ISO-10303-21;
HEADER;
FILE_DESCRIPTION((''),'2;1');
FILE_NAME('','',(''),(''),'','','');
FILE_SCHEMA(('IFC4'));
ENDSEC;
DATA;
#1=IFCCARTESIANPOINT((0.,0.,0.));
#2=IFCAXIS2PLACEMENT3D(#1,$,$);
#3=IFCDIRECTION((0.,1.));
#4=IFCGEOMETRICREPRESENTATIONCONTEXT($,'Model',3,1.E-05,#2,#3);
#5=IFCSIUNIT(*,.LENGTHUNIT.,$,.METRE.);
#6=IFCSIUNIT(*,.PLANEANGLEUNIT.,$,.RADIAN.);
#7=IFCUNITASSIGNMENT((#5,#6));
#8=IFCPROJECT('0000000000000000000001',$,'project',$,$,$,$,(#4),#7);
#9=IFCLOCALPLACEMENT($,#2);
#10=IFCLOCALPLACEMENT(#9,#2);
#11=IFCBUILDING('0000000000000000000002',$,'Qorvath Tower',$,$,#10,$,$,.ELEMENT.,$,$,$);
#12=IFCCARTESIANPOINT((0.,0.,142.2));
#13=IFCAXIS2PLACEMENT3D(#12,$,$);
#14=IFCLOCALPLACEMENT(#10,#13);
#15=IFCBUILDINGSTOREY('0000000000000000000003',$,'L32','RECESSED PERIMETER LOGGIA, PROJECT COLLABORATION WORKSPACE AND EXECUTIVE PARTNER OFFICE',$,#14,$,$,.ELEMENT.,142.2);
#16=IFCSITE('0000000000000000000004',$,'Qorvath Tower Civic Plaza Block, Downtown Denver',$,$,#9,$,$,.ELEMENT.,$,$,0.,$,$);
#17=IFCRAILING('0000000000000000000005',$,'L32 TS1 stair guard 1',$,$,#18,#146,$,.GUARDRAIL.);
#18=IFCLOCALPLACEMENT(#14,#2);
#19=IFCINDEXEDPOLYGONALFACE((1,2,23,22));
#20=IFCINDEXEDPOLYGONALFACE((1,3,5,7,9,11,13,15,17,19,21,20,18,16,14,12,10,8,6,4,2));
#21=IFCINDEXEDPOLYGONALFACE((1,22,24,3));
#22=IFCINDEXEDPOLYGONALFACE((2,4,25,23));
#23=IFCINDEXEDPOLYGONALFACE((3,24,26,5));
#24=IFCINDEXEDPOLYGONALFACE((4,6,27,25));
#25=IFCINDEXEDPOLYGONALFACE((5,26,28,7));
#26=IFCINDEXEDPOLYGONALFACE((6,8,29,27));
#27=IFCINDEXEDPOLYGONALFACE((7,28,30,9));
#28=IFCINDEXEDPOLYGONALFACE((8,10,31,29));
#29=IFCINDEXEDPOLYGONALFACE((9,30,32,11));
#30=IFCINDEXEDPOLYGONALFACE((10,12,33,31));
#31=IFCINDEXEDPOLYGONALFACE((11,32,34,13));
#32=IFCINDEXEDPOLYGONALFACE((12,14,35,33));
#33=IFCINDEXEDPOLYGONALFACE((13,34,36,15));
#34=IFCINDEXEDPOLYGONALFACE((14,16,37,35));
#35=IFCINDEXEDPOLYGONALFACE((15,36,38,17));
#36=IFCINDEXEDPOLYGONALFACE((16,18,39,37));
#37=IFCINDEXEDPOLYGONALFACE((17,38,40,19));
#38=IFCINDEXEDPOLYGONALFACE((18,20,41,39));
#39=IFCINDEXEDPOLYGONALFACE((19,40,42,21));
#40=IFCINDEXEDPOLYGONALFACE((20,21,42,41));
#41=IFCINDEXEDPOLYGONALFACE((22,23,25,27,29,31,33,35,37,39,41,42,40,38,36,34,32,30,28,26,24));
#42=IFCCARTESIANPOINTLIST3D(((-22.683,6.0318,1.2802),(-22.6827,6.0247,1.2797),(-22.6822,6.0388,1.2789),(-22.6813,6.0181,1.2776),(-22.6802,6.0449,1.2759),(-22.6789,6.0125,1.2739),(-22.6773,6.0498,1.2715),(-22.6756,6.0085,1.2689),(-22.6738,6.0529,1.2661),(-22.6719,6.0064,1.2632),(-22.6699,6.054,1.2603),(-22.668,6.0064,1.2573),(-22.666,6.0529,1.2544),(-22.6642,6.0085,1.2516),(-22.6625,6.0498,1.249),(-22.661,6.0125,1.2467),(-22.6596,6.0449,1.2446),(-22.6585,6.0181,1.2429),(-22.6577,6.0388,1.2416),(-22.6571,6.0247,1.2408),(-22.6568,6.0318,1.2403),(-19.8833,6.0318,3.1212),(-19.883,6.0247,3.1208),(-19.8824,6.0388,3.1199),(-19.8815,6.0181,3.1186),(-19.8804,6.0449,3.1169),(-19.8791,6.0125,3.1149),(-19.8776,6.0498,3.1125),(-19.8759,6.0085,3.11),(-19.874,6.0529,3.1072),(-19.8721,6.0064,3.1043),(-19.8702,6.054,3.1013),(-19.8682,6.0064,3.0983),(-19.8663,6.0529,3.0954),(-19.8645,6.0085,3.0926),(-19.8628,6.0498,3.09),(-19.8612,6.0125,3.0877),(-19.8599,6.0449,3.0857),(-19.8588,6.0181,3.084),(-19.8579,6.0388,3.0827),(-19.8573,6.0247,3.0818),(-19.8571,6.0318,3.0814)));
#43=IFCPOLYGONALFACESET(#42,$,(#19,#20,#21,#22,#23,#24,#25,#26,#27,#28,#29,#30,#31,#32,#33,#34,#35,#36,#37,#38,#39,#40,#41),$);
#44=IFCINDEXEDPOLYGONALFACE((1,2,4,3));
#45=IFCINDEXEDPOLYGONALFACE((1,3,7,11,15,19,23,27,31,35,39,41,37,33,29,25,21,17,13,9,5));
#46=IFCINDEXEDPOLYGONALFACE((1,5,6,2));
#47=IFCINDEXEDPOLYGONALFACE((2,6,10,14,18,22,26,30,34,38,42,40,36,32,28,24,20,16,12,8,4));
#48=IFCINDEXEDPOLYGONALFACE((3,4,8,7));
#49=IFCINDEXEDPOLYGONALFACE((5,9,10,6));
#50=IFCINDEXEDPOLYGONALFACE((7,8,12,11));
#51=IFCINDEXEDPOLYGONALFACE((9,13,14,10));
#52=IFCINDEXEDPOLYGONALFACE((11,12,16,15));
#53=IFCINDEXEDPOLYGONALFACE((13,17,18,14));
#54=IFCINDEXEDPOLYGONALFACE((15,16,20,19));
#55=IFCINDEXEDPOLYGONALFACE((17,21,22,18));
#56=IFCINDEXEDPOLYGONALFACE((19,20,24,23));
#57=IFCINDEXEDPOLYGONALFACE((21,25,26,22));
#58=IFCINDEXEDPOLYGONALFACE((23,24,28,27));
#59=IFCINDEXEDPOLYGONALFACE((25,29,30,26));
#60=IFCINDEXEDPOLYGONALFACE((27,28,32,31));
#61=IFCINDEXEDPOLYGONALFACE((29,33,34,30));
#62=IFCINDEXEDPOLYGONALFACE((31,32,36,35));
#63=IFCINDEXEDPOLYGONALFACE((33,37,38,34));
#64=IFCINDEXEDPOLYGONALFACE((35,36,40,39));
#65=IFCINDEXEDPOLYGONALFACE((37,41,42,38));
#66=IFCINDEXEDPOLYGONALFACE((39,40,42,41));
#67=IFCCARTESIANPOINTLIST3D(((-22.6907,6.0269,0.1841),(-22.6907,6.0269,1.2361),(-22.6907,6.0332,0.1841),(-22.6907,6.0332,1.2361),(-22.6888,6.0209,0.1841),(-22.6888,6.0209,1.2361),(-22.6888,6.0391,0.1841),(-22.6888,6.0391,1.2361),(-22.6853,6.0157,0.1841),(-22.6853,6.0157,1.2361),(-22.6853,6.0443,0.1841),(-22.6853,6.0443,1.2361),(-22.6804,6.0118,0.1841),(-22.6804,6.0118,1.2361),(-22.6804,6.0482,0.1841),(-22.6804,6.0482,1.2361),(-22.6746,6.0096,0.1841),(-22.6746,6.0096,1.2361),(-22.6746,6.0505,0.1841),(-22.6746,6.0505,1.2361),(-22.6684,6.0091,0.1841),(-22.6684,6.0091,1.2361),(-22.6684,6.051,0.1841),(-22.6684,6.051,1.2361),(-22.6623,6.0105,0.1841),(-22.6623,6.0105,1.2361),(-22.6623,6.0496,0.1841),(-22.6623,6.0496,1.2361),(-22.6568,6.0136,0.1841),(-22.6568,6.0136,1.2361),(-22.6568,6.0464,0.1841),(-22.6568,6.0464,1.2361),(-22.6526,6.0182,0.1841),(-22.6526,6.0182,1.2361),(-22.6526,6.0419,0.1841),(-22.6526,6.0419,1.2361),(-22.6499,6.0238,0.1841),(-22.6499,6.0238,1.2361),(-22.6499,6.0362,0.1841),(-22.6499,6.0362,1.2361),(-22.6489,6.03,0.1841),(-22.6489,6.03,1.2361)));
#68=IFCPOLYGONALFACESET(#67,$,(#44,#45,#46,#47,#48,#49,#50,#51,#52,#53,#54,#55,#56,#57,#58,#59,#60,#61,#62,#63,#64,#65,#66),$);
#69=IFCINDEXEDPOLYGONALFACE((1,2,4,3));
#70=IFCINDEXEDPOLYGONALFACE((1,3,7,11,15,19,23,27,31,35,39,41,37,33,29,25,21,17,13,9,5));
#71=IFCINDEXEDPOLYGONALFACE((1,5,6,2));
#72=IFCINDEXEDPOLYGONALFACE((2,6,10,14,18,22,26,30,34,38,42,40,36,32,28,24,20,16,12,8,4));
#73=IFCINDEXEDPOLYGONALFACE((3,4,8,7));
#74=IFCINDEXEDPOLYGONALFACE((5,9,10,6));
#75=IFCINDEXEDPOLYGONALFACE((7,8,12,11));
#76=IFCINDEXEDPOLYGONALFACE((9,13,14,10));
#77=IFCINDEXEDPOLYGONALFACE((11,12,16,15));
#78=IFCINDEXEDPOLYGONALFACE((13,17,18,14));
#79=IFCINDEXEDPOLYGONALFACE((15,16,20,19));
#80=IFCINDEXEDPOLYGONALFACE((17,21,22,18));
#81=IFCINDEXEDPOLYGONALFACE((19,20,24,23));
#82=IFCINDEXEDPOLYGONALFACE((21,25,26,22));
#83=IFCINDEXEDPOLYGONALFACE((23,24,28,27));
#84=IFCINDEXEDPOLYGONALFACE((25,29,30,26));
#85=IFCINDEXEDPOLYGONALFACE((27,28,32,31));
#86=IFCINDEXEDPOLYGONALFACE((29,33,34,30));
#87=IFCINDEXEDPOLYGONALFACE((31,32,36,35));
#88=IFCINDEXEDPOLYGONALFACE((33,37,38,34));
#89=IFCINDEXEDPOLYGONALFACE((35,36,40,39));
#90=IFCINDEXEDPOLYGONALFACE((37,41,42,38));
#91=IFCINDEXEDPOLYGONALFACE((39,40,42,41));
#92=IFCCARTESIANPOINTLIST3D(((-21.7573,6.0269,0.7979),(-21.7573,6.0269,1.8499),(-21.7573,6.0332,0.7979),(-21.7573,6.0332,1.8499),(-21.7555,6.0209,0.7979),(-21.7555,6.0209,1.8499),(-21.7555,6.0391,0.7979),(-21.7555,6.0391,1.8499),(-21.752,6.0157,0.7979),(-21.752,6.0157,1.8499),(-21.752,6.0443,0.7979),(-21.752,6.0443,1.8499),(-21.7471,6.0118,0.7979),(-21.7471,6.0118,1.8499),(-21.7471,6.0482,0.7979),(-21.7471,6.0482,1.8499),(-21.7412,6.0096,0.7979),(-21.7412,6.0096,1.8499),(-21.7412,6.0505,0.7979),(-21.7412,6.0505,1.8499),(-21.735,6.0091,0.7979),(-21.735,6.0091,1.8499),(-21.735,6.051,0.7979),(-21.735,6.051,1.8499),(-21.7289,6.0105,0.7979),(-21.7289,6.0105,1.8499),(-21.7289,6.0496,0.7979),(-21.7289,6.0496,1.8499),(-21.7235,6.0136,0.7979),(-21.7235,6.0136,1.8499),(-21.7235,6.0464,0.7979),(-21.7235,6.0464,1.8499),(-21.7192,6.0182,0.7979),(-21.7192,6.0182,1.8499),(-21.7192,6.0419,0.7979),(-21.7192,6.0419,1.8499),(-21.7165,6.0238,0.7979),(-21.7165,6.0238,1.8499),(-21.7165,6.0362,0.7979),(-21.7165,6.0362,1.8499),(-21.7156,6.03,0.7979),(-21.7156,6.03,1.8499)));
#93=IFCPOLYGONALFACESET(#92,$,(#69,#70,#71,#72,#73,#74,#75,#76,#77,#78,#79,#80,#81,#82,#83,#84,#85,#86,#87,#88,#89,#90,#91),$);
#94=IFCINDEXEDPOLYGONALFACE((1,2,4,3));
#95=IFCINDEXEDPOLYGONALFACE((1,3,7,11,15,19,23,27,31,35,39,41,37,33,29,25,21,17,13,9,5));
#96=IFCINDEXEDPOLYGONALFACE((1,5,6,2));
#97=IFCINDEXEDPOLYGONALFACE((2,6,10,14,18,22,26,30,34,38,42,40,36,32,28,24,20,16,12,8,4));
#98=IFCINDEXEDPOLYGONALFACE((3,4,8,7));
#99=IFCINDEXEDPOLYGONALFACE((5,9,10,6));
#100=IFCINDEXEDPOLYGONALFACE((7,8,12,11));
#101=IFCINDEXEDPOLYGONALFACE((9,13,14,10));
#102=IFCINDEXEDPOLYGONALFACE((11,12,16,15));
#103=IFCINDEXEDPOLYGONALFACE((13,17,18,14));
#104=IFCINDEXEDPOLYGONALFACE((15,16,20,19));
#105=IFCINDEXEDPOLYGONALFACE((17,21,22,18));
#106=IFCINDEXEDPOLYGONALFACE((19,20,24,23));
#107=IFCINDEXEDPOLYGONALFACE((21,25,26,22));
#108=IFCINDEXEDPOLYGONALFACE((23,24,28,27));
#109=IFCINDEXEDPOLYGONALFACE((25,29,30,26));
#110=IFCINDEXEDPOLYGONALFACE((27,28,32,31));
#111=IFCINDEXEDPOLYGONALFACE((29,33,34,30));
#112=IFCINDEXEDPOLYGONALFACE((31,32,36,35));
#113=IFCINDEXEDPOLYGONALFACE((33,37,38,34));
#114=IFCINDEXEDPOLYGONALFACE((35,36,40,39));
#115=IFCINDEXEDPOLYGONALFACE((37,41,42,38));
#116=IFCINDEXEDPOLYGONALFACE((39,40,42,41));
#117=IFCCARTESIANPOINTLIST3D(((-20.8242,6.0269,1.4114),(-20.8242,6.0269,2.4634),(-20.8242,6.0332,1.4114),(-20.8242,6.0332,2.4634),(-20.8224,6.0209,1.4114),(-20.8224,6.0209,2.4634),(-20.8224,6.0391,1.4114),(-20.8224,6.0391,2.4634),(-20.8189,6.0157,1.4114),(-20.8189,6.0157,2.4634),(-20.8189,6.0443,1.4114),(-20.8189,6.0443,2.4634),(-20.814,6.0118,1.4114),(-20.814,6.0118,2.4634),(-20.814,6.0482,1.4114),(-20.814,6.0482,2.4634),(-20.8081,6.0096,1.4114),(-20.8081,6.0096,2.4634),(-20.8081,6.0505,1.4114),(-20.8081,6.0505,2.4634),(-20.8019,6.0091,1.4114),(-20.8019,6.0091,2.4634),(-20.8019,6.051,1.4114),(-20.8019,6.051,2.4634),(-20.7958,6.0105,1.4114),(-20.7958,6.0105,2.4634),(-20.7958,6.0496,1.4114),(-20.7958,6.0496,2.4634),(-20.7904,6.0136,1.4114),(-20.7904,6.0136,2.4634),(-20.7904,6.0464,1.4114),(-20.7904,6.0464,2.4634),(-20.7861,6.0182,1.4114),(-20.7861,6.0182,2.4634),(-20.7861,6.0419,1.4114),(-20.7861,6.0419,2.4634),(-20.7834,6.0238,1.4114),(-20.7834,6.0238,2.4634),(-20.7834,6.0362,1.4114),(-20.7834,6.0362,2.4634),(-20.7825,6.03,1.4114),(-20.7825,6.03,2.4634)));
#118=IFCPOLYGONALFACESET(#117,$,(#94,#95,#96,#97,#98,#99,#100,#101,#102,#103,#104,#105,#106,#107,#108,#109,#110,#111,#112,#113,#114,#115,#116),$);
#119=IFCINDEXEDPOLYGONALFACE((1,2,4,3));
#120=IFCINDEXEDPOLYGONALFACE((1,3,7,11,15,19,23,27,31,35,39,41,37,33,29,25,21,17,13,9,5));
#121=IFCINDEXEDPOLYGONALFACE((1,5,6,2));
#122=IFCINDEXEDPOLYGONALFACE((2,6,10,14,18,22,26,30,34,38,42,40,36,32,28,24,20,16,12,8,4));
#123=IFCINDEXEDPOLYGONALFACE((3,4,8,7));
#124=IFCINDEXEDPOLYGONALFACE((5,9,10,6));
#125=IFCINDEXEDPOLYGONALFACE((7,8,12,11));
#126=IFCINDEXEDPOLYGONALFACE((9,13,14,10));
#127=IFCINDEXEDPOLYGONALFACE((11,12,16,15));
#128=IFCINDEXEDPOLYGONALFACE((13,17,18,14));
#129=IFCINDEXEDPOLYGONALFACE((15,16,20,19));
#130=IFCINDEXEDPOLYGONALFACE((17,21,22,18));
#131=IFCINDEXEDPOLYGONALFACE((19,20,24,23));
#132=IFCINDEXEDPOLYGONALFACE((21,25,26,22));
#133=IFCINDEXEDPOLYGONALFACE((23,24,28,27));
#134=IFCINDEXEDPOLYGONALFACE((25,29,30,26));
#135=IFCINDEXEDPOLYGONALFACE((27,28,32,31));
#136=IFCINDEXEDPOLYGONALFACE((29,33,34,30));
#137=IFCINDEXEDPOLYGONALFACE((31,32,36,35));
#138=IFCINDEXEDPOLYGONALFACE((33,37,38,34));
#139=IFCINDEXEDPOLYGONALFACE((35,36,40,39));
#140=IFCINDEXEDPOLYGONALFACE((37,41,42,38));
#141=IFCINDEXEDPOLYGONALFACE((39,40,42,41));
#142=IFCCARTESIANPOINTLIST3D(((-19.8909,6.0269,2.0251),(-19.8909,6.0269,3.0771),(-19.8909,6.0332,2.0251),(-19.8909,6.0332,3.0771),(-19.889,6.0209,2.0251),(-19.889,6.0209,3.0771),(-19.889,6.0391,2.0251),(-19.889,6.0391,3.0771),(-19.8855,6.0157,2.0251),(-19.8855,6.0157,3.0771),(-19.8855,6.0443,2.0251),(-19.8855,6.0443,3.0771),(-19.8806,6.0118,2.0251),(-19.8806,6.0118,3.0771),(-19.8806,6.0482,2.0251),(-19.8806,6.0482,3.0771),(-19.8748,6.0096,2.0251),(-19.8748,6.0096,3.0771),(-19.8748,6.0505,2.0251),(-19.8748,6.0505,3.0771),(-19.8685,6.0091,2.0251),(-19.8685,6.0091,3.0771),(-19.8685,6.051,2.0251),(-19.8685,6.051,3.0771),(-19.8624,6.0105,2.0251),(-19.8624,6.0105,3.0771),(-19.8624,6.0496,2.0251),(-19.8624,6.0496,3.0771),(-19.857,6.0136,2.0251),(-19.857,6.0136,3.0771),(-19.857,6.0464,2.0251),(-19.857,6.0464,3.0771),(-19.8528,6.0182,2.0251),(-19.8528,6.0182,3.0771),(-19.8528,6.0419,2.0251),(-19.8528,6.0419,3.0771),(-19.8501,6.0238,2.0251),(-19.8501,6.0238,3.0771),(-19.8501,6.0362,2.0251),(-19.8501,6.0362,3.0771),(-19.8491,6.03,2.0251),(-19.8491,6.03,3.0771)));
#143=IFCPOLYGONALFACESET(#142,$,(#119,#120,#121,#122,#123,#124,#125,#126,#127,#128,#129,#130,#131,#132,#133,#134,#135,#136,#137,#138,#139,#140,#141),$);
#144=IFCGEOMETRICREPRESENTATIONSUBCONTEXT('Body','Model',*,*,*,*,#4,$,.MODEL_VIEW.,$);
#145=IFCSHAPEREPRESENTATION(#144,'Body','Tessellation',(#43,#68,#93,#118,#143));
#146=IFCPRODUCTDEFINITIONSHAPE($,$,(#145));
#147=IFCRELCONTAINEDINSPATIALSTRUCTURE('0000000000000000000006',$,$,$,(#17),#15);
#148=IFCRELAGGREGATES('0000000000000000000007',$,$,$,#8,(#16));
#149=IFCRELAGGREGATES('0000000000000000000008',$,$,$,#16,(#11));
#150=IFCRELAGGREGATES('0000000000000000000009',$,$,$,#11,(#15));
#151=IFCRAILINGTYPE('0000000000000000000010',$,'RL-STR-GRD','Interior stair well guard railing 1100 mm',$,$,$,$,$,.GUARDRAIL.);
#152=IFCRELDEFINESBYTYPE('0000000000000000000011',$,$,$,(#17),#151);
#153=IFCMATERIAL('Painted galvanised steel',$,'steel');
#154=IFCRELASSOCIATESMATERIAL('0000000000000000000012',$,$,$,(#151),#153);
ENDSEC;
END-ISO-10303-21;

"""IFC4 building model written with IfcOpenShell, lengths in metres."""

from ifc_helpers import new_model, si_unit, direction, frame, origin, origin_2d, place, context, subcontext, project, spatial, circle, extrude, material, type_object, element, save


model = new_model("IFC4")

# Units and contexts
model_context = context("Model", 3, precision=1e-05, world=origin(), true_north=direction((0.0, 1.0)))
body_context = subcontext(model_context, "Body", "Model", "MODEL_VIEW")
ifc_project = project(units=[si_unit("LENGTHUNIT", "METRE"), si_unit("PLANEANGLEUNIT", "RADIAN")], contexts=[model_context])

# Site, building, storey
site_placement = place(None, origin())
site = spatial("IfcSite", under=ifc_project, at=site_placement, Name="Qorvath Tower Civic Plaza Block, Downtown Denver", CompositionType="ELEMENT", RefElevation=0.0)
building_placement = place(site_placement, origin())
building = spatial("IfcBuilding", under=site, at=building_placement, Name="Qorvath Tower", CompositionType="ELEMENT")
storey_placement = place(building_placement, frame((0.0, 0.0, 142.2)))
storey = spatial("IfcBuildingStorey", under=building, at=storey_placement, Name="L32", Description="RECESSED PERIMETER LOGGIA, PROJECT COLLABORATION WORKSPACE AND EXECUTIVE PARTNER OFFICE", CompositionType="ELEMENT", Elevation=142.2)

# Railing
ifc_material_1 = material(Name="Painted galvanised steel", Category="steel")
railing_type_1 = type_object("IfcRailingType", Name="RL-STR-GRD", Description="Interior stair well guard railing 1100 mm", PredefinedType="GUARDRAIL", material=ifc_material_1)
railing_1_placement = place(storey_placement, frame((-22.6699, 6.03, 0.1841)))
element("IfcRailing", 1, at=railing_1_placement, inside=storey, type_object=railing_type_1, Name="L32 TS1 stair guard 1", PredefinedType="GUARDRAIL", context=body_context, shape_type="SweptSolid", body=[
    extrude(circle(Radius=0.0239, at=origin_2d()), frame((0.0, 0.0, 1.0762), z_axis=(0.835542, 0.0, 0.549426), x_axis=(0.0, 1.0, 0.0)), (0.0, 0.0, 1.0), 3.3508),
    extrude(circle(Radius=0.021, at=origin_2d()), origin(), (0.0, 0.0, 1.0), 1.052),
    extrude(circle(Radius=0.021, at=origin_2d()), frame((0.9333, 0.0, 0.6138)), (0.0, 0.0, 1.0), 1.052),
    extrude(circle(Radius=0.021, at=origin_2d()), frame((1.8665, 0.0, 1.2273)), (0.0, 0.0, 1.0), 1.052),
    extrude(circle(Radius=0.021, at=origin_2d()), frame((2.7998, 0.0, 1.8411)), (0.0, 0.0, 1.0), 1.052),
])

save(model, "model.ifc")
